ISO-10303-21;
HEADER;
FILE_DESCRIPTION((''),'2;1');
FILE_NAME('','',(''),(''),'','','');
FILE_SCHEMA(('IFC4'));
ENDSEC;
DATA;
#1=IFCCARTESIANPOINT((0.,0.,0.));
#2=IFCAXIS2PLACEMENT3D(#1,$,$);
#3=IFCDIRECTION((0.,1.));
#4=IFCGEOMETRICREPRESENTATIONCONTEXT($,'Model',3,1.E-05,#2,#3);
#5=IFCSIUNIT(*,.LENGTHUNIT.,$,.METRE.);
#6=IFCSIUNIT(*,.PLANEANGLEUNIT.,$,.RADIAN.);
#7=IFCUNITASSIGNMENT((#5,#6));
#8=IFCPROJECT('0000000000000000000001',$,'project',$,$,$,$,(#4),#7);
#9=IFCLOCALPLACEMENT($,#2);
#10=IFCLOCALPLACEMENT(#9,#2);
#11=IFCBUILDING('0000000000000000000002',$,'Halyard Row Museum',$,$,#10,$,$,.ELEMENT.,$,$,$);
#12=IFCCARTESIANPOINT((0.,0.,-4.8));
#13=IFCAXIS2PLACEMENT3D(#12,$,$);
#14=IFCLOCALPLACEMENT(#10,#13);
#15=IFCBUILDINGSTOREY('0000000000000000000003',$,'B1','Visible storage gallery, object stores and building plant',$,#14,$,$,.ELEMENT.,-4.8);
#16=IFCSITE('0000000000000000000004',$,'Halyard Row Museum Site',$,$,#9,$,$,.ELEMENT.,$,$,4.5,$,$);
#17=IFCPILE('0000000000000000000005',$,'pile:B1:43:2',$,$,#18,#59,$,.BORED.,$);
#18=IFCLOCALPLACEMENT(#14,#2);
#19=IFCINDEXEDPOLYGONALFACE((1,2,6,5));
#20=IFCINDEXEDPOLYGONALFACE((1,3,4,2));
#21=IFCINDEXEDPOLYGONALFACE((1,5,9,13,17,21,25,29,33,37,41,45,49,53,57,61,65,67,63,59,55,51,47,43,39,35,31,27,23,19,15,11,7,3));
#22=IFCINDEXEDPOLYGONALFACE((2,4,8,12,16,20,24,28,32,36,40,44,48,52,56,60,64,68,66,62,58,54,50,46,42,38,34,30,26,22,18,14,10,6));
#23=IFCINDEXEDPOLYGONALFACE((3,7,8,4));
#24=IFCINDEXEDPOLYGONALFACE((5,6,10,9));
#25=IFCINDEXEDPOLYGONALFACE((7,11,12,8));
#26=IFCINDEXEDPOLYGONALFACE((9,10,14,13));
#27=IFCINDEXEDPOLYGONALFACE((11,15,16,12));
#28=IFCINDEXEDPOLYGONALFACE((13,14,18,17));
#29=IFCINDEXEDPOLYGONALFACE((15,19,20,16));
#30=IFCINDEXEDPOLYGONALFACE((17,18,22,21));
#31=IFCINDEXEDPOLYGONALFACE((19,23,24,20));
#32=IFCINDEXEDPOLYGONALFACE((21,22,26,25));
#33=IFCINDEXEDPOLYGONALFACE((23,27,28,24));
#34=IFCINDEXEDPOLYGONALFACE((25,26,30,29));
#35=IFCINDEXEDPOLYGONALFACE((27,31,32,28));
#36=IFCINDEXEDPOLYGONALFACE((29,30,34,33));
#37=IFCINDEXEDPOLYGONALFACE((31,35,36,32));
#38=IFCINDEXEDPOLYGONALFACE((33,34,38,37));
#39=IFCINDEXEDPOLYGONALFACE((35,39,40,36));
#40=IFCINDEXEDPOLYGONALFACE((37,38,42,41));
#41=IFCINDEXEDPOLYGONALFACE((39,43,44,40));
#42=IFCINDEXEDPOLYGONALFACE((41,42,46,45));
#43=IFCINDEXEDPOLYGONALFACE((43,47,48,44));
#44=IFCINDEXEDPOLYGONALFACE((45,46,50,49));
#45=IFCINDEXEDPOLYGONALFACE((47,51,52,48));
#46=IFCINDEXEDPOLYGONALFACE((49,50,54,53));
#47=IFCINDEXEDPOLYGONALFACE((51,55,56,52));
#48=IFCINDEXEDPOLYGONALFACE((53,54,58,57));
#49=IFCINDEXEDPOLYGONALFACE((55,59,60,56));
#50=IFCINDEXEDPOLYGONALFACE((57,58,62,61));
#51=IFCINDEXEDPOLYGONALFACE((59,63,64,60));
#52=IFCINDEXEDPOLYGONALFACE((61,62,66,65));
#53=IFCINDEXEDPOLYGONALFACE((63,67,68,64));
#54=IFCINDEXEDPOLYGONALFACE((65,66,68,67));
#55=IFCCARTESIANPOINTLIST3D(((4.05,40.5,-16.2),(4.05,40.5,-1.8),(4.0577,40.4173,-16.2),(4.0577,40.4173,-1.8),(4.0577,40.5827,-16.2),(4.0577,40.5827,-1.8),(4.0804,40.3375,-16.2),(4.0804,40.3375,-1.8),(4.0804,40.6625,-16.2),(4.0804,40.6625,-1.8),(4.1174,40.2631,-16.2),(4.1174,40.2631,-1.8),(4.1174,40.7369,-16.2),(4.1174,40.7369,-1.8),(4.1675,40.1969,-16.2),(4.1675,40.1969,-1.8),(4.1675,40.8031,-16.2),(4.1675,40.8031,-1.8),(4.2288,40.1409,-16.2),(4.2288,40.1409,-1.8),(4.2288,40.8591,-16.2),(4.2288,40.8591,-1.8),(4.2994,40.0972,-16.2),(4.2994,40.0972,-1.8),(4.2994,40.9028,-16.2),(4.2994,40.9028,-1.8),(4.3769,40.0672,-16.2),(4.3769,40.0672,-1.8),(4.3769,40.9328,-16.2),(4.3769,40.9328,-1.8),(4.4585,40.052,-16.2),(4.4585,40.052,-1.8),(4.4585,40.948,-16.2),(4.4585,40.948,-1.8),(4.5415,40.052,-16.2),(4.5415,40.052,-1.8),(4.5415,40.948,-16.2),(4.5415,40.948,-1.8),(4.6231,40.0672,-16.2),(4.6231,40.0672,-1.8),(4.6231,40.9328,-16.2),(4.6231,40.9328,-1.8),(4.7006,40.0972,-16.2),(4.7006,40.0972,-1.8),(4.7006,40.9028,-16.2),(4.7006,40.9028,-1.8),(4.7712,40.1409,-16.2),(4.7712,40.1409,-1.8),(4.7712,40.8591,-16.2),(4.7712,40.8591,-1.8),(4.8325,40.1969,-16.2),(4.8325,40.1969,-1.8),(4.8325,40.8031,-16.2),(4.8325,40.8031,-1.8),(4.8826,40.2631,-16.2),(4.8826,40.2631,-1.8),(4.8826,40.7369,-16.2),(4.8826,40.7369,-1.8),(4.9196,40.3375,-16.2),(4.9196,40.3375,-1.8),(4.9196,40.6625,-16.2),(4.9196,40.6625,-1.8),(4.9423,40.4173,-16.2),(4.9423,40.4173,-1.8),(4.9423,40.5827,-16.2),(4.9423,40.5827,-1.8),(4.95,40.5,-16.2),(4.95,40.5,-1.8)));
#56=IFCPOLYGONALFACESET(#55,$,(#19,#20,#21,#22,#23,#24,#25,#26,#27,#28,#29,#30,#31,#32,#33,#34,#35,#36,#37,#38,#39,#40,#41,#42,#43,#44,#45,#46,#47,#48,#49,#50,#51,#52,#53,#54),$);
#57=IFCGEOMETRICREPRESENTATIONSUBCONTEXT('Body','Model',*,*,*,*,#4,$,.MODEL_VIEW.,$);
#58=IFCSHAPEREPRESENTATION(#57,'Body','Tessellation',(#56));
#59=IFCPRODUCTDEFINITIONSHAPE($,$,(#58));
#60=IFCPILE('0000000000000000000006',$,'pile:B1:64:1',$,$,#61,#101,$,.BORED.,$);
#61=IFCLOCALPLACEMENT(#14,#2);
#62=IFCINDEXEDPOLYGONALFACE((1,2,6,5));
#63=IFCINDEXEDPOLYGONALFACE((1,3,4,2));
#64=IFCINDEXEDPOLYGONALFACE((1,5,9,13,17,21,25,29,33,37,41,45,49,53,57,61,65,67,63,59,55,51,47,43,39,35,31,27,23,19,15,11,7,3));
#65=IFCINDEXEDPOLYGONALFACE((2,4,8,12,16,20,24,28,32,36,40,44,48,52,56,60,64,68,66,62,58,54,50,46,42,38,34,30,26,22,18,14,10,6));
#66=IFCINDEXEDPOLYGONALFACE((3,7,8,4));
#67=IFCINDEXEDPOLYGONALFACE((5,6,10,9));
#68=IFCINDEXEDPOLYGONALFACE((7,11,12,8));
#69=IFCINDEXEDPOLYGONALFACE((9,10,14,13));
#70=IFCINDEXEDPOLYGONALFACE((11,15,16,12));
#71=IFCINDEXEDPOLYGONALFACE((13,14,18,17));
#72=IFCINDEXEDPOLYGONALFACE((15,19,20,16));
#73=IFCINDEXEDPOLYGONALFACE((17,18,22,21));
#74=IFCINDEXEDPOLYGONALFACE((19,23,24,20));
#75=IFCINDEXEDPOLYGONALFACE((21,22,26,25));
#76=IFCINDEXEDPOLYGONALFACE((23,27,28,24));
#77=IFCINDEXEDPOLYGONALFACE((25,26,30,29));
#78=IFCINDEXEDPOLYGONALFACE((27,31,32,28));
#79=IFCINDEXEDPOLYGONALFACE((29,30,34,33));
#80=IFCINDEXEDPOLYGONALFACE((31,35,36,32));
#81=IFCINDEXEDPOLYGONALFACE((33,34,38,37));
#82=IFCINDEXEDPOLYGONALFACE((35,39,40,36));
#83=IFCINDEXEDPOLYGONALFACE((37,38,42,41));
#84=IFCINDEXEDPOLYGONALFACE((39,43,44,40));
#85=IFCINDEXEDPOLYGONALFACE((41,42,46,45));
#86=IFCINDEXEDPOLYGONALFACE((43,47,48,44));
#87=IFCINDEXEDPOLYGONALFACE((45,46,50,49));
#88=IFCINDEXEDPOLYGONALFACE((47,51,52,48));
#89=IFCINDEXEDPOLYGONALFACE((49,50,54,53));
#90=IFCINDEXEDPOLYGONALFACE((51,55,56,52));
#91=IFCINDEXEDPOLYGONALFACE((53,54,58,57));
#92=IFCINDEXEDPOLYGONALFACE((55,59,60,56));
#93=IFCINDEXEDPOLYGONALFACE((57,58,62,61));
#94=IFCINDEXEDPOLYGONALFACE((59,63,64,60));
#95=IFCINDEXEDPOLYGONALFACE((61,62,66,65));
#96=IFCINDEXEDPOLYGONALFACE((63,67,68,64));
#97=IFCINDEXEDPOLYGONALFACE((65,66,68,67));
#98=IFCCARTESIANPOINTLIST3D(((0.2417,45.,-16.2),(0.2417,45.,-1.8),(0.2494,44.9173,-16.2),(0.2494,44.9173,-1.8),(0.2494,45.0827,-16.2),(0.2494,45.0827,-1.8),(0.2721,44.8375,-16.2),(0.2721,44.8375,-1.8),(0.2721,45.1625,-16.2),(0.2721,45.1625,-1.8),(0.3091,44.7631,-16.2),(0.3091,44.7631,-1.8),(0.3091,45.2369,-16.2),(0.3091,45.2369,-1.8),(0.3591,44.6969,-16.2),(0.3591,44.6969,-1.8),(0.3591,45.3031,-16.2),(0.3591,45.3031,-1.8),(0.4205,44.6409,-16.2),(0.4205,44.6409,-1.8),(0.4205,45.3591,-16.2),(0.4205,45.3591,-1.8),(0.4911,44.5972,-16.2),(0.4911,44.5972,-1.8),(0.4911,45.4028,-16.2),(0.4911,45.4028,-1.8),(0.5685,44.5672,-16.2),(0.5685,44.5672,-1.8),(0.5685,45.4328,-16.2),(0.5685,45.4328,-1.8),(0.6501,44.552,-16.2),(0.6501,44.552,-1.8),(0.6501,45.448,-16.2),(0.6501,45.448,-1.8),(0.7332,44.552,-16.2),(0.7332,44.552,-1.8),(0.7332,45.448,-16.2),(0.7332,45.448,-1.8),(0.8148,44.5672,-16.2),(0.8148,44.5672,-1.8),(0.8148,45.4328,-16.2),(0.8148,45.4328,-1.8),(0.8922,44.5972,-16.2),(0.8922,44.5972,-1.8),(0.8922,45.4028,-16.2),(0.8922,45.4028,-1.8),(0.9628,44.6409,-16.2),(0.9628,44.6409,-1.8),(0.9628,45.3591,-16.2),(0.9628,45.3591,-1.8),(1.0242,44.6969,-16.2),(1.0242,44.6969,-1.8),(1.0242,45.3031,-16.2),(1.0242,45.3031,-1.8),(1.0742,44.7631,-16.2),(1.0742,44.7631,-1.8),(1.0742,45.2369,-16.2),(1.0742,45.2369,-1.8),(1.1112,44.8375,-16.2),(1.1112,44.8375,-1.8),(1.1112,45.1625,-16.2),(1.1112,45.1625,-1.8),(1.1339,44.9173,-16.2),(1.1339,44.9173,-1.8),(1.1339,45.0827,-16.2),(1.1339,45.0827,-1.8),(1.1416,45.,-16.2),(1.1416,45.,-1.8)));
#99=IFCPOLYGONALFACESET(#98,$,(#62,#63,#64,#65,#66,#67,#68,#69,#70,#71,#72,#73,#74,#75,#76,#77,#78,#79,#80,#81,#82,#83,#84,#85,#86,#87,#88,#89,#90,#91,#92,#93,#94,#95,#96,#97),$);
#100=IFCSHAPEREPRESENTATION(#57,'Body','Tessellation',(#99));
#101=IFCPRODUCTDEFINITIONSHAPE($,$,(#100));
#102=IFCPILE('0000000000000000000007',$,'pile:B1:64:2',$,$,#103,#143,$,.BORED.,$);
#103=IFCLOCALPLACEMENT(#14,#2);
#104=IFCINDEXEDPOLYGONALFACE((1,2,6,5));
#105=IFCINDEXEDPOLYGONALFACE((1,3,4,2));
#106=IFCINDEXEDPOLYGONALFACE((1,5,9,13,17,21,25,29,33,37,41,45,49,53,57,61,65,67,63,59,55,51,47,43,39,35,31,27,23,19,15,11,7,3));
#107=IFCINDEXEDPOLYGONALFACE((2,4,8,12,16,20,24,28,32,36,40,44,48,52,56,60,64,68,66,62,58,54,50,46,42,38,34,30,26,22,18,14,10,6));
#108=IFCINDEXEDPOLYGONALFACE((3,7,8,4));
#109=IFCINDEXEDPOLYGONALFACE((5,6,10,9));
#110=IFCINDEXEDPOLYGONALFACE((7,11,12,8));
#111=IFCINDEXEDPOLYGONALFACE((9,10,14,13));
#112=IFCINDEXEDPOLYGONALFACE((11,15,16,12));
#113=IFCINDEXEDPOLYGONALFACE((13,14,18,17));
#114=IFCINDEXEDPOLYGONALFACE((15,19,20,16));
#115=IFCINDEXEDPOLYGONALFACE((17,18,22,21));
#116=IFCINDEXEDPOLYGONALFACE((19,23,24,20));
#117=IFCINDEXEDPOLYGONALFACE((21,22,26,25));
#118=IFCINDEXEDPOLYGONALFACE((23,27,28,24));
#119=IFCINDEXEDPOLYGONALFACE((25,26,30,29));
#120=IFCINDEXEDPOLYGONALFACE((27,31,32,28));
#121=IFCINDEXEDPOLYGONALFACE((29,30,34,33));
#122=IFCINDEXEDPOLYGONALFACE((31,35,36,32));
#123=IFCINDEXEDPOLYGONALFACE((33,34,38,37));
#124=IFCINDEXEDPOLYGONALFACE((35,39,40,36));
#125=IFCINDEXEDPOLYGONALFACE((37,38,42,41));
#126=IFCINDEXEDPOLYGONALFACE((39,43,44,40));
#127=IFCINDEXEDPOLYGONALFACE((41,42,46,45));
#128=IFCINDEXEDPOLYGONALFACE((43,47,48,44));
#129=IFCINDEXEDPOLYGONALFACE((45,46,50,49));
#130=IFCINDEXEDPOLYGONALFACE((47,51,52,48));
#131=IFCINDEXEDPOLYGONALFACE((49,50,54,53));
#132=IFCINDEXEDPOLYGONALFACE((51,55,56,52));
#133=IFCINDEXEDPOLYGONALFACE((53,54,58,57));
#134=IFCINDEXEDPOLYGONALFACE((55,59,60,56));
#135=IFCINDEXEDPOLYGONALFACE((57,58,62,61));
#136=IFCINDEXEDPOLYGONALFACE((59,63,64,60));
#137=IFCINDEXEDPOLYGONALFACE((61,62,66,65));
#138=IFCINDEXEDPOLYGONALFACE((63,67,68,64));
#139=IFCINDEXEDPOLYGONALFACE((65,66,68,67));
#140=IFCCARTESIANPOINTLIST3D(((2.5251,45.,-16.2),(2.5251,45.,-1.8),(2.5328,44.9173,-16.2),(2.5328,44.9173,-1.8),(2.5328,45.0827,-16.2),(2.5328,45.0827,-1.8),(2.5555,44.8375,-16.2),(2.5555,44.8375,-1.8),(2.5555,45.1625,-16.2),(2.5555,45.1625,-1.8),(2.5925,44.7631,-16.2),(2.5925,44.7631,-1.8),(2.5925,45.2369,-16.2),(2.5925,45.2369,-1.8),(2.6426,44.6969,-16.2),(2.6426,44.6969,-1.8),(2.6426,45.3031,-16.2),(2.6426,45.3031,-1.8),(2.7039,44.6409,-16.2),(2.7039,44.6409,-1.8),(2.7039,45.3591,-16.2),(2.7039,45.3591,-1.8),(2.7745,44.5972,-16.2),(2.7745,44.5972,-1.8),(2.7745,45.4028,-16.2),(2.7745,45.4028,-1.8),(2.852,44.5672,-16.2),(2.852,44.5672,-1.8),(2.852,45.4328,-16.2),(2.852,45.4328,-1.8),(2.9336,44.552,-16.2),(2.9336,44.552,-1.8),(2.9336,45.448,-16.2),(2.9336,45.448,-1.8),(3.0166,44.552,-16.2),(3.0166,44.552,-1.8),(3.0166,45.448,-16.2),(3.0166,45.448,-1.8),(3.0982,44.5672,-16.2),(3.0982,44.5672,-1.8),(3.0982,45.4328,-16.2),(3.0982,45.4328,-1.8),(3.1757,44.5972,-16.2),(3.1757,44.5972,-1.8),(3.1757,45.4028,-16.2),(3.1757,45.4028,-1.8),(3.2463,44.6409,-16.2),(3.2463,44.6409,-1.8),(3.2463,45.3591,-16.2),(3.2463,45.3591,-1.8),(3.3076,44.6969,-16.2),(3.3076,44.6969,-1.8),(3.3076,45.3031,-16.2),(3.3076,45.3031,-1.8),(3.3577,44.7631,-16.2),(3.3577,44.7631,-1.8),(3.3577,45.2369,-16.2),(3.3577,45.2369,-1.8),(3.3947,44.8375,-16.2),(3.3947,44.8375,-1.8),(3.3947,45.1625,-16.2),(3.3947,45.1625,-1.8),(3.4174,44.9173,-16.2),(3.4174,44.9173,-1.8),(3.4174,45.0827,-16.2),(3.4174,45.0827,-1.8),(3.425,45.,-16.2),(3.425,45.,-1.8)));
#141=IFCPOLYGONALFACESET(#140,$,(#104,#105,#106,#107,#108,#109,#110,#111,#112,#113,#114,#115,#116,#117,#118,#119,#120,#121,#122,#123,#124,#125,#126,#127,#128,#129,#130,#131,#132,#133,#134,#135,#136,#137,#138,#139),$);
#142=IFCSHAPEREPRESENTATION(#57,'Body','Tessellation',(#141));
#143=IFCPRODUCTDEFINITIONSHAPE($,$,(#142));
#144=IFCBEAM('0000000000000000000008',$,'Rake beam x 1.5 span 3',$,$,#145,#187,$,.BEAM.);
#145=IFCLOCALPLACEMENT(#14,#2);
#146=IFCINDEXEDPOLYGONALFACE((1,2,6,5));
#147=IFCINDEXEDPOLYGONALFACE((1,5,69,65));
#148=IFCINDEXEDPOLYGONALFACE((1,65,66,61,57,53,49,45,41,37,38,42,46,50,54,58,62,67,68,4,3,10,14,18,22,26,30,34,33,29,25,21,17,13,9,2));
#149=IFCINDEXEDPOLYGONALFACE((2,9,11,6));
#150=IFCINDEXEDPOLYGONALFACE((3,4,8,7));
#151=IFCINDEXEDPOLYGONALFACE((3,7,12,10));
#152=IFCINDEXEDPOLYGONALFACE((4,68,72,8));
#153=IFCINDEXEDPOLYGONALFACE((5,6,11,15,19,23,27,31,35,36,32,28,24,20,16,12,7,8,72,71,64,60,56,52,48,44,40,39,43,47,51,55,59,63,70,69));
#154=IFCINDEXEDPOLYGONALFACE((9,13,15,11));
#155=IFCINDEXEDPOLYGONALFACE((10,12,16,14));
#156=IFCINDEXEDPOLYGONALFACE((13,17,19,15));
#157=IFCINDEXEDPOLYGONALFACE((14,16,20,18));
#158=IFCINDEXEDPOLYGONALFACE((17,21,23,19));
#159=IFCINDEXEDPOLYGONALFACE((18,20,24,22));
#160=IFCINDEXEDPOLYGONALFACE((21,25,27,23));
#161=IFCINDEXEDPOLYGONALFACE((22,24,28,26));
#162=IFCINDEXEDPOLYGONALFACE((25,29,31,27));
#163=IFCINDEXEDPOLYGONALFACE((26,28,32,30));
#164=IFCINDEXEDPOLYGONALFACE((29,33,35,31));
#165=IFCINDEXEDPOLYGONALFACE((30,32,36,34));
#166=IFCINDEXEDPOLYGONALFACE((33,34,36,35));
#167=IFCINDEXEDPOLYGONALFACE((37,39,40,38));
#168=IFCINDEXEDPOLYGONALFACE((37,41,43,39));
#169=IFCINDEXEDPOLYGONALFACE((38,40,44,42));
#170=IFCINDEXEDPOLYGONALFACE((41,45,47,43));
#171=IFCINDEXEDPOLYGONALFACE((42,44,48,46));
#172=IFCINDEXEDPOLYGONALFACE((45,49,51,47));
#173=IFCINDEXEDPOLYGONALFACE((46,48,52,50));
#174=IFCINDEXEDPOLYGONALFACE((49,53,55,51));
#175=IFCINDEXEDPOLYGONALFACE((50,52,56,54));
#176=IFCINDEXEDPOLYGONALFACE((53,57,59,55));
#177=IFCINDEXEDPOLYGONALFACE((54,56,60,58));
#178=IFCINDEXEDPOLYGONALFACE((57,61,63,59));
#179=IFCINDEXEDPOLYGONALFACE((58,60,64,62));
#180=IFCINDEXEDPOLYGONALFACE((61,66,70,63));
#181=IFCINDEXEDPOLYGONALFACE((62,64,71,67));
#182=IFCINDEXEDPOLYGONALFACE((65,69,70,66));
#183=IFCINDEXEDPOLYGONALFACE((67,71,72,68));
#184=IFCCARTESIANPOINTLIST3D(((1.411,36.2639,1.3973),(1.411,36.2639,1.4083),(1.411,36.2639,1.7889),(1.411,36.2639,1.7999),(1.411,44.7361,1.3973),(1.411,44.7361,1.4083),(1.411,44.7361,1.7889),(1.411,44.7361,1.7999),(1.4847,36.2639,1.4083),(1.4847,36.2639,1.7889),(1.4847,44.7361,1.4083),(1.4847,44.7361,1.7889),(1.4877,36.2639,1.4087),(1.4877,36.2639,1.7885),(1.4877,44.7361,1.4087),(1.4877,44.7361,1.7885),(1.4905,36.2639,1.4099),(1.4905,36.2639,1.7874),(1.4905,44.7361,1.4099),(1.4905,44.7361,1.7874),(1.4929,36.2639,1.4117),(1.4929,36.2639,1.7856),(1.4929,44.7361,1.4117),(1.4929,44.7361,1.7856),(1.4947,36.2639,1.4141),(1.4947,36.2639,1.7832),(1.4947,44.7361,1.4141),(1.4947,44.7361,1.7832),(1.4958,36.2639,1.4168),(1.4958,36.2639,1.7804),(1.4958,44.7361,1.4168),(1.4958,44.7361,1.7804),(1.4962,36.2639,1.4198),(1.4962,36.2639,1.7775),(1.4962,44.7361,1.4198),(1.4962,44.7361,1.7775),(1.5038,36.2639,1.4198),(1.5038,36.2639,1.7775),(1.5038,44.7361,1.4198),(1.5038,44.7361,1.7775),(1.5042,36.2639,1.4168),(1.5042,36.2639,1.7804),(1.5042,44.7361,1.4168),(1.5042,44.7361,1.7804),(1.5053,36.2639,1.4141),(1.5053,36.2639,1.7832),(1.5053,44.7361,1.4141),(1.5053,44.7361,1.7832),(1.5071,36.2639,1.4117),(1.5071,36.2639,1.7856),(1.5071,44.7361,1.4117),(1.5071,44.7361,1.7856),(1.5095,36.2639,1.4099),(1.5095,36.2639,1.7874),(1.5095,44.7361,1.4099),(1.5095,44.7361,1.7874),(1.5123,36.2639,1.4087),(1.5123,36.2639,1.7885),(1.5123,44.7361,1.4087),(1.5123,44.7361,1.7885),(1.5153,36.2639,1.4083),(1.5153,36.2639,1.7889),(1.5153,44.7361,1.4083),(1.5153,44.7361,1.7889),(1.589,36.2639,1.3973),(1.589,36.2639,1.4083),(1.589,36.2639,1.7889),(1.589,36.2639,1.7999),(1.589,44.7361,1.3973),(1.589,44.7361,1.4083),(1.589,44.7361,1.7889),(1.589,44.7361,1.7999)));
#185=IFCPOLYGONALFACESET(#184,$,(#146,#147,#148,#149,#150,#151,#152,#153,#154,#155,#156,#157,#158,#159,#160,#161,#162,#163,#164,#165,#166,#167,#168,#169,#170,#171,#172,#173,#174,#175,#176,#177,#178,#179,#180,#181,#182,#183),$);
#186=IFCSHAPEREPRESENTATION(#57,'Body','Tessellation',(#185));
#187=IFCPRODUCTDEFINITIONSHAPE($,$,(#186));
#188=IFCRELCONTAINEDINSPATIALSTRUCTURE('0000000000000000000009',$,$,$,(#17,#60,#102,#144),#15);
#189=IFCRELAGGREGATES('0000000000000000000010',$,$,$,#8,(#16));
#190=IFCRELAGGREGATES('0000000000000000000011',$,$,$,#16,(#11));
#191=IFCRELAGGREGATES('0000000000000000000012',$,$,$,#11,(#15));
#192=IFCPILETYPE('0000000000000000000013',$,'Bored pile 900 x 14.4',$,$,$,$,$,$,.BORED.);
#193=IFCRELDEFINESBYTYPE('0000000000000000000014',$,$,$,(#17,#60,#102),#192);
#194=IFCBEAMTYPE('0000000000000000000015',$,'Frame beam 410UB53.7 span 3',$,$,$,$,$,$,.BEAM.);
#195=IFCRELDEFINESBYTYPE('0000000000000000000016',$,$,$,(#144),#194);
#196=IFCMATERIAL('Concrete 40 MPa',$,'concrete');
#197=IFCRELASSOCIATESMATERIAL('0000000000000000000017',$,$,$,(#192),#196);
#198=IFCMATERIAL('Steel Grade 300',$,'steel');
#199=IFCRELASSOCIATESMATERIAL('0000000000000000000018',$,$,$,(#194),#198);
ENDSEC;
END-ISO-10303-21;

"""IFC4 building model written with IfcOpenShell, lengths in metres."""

from ifc_helpers import new_model, si_unit, direction, frame, origin, origin_2d, place, context, subcontext, project, spatial, circle, i_section, extrude, material, material_profile, profile_set, type_object, element, save


model = new_model("IFC4")

# Units and contexts
model_context = context("Model", 3, precision=1e-05, world=origin(), true_north=direction((0.0, 1.0)))
body_context = subcontext(model_context, "Body", "Model", "MODEL_VIEW")
ifc_project = project(units=[si_unit("LENGTHUNIT", "METRE"), si_unit("PLANEANGLEUNIT", "RADIAN")], contexts=[model_context])

# Site, building, storey
site_placement = place(None, origin())
site = spatial("IfcSite", under=ifc_project, at=site_placement, Name="Halyard Row Museum Site", CompositionType="ELEMENT", RefElevation=4.5)
building_placement = place(site_placement, origin())
building = spatial("IfcBuilding", under=site, at=building_placement, Name="Halyard Row Museum", CompositionType="ELEMENT")
storey_placement = place(building_placement, frame((0.0, 0.0, -4.8)))
storey = spatial("IfcBuildingStorey", under=building, at=storey_placement, Name="B1", Description="Visible storage gallery, object stores and building plant", CompositionType="ELEMENT", Elevation=-4.8)

# Piles
ifc_material_1 = material(Name="Concrete 40 MPa", Category="concrete")
ifc_material_profile_1 = material_profile(ifc_material_1, circle(Radius=0.45, at=origin_2d()), Name="Bored pile 900 x 14.4")
ifc_profile_set_1 = profile_set([ifc_material_profile_1], Name="Concrete 40 MPa")
pile_type = type_object("IfcPileType", Name="Bored pile 900 x 14.4", PredefinedType="BORED", material=ifc_profile_set_1)
for number, where, z_axis, x_axis, name in (
    (1, (4.5, 40.5, -1.8), (0.0, 0.0, -1.0), (1.0, 0.0, 0.0), "pile:B1:43:2"),
    (2, (0.6917, 45.0, -1.8), (0.0, 0.0, -1.0), (1.0, 0.0, 0.0), "pile:B1:64:1"),
    (3, (2.9751, 45.0, -1.8), (0.0, 0.0, -1.0), (1.0, 0.0, 0.0), "pile:B1:64:2"),
):
    element("IfcPile", number, at=place(storey_placement, frame(where, z_axis=z_axis, x_axis=x_axis)), inside=storey, type_object=pile_type, Name=name, PredefinedType="BORED", context=body_context, shape_type="SweptSolid", body=[
        extrude(circle(Radius=0.45, at=origin_2d()), origin(), (0.0, 0.0, 1.0), 14.3999),
    ])

# Beam
ifc_material_2 = material(Name="Steel Grade 300", Category="steel")
ifc_material_profile_2 = material_profile(ifc_material_2, i_section(OverallWidth=0.178, OverallDepth=0.4026, WebThickness=0.0076, FlangeThickness=0.011, FilletRadius=0.0115, at=origin_2d()), Name="410UB53.7")
ifc_profile_set_2 = profile_set([ifc_material_profile_2], Name="Steel Grade 300")
beam_type_1 = type_object("IfcBeamType", Name="Frame beam 410UB53.7 span 3", PredefinedType="BEAM", material=ifc_profile_set_2)
for number, where, z_axis, x_axis, name in (
    (4, (1.5, 36.2639, 1.5986), (0.0, 1.0, 0.0), (-1.0, 0.0, 0.0), "Rake beam x 1.5 span 3"),
):
    element("IfcBeam", number, at=place(storey_placement, frame(where, z_axis=z_axis, x_axis=x_axis)), inside=storey, type_object=beam_type_1, Name=name, PredefinedType="BEAM", context=body_context, shape_type="SweptSolid", body=[
        extrude(i_section(OverallWidth=0.178, OverallDepth=0.4026, WebThickness=0.0076, FlangeThickness=0.011, FilletRadius=0.0115, at=origin_2d()), origin(), (0.0, 0.0, 1.0), 8.4722),
    ])

save(model, "model.ifc")
